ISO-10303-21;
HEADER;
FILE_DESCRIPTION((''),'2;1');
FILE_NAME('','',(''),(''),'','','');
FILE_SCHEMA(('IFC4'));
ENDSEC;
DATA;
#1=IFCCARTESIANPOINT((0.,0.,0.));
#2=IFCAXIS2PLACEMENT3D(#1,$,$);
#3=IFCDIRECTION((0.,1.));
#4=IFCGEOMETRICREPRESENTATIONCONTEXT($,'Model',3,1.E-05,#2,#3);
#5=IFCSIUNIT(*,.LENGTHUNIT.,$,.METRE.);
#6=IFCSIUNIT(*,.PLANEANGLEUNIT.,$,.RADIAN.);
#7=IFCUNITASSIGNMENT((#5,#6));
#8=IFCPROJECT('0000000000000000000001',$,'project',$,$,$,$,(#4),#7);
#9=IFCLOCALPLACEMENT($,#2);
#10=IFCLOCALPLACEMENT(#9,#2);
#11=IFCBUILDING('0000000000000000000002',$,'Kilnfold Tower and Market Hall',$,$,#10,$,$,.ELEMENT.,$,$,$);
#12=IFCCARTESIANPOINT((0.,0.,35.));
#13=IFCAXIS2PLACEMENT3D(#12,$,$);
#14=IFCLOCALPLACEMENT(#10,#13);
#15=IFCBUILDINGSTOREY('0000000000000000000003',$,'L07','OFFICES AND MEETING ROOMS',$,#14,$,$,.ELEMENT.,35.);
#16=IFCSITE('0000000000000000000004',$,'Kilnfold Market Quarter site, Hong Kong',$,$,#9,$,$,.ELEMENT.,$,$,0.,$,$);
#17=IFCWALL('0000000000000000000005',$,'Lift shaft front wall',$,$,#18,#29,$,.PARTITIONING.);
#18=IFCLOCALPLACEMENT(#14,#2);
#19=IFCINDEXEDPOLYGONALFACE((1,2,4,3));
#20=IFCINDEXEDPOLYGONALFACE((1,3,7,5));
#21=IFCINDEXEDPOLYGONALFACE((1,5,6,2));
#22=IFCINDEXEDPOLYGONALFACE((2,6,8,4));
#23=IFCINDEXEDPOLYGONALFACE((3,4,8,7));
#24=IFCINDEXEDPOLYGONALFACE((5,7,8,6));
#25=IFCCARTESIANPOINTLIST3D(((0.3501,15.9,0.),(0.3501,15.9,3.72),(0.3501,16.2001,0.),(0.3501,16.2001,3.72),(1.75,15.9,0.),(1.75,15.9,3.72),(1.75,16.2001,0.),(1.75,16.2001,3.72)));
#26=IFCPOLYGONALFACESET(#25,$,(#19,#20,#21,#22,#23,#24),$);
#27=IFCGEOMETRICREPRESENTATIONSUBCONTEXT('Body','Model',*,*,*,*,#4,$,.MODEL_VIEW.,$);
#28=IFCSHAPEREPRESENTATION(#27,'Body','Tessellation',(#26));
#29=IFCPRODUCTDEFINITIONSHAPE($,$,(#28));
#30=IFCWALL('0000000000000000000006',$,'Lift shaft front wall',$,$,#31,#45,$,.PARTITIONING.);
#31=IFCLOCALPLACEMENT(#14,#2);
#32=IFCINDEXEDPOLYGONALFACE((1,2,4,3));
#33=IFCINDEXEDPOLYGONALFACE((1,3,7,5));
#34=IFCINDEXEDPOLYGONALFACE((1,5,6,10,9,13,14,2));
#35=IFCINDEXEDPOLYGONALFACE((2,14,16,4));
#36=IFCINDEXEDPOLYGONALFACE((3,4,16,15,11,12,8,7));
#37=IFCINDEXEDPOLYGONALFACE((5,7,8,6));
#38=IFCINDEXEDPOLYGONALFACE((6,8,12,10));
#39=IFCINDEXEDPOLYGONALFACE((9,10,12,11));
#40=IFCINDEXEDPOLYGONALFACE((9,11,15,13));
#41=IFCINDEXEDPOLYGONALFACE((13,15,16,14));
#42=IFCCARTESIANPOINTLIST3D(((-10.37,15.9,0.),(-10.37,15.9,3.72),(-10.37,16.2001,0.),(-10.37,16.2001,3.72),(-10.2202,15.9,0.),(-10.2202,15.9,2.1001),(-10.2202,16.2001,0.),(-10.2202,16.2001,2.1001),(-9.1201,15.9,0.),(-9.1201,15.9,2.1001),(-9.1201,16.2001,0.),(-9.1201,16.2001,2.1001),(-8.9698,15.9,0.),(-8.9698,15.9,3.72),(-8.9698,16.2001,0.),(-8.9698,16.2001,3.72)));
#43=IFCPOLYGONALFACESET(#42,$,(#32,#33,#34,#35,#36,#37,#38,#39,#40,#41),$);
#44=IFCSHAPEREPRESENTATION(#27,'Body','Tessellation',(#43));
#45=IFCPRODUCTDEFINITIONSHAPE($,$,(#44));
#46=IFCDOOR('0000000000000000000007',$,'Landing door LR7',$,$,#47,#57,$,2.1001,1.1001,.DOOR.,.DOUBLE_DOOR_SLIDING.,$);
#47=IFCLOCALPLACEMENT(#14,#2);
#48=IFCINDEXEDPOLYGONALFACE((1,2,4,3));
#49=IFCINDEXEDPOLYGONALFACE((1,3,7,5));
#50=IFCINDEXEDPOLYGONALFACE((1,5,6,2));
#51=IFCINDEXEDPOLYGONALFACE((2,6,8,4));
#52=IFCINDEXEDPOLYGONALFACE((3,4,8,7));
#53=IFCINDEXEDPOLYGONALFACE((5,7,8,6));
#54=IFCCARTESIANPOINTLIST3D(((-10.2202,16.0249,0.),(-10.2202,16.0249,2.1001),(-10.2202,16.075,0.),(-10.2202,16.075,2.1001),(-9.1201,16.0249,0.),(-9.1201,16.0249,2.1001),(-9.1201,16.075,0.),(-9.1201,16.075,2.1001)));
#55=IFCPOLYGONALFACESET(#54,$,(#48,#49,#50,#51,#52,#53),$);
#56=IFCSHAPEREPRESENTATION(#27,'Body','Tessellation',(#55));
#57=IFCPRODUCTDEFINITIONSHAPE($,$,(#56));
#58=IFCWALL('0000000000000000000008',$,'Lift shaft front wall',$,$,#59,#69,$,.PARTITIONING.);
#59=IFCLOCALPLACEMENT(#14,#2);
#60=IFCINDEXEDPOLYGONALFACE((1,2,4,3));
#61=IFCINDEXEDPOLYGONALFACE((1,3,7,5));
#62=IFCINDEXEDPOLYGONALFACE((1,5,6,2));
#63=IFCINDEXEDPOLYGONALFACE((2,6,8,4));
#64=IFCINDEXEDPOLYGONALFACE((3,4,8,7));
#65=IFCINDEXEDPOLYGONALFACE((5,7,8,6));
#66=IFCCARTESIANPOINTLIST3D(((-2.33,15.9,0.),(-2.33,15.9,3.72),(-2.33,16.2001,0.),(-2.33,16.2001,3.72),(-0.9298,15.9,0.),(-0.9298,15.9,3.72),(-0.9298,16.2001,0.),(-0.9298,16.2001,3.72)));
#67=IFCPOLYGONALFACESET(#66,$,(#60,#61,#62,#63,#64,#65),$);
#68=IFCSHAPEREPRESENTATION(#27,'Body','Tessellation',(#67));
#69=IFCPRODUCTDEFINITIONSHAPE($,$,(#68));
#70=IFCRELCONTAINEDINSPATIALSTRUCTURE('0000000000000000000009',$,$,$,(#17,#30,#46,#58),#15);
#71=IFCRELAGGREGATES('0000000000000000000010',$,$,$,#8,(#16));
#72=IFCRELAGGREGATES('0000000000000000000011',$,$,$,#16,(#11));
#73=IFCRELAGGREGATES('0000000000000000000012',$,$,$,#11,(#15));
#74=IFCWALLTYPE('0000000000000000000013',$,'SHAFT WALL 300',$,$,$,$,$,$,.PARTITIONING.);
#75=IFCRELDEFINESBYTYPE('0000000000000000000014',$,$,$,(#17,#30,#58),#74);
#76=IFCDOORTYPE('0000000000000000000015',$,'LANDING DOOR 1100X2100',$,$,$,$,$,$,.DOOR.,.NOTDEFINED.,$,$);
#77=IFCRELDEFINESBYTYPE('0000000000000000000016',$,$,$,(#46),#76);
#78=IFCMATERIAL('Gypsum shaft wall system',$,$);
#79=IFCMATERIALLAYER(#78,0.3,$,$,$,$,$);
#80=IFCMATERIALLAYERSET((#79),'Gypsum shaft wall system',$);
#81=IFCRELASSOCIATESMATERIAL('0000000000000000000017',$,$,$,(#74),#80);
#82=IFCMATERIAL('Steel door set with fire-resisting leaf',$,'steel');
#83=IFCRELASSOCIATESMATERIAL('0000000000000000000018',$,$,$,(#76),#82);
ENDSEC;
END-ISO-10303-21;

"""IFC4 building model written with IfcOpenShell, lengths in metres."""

from ifc_helpers import new_model, si_unit, direction, frame, frame_2d, origin, place, context, subcontext, project, spatial, rectangle, extrude, source, transform, mapped, material, layer, layer_set, type_object, element, fill, save


model = new_model("IFC4")

# Units and contexts
model_context = context("Model", 3, precision=1e-05, world=origin(), true_north=direction((0.0, 1.0)))
body_context = subcontext(model_context, "Body", "Model", "MODEL_VIEW")
ifc_project = project(units=[si_unit("LENGTHUNIT", "METRE"), si_unit("PLANEANGLEUNIT", "RADIAN")], contexts=[model_context])

# Site, building, storey
site_placement = place(None, origin())
site = spatial("IfcSite", under=ifc_project, at=site_placement, Name="Kilnfold Market Quarter site, Hong Kong", CompositionType="ELEMENT", RefElevation=0.0)
building_placement = place(site_placement, origin())
building = spatial("IfcBuilding", under=site, at=building_placement, Name="Kilnfold Tower and Market Hall", CompositionType="ELEMENT")
storey_placement = place(building_placement, frame((0.0, 0.0, 35.0)))
storey = spatial("IfcBuildingStorey", under=building, at=storey_placement, Name="L07", Description="OFFICES AND MEETING ROOMS", CompositionType="ELEMENT", Elevation=35.0)

# Shared definitions
ifc_material_1 = material(Name="Gypsum shaft wall system")
ifc_layer_1 = layer(ifc_material_1, 0.3)
ifc_layer_set_1 = layer_set([ifc_layer_1], Name="Gypsum shaft wall system")
wall_type_1 = type_object("IfcWallType", Name="SHAFT WALL 300", PredefinedType="PARTITIONING", material=ifc_layer_set_1)
shared_shape_1 = source(origin(), body_context, "Body", "SweptSolid", [
    extrude(rectangle(XDim=1.3999, YDim=0.3, at=frame_2d((0.7, 0.0))), origin(), (0.0, 0.0, 1.0), 3.72),
])
ifc_material_2 = material(Name="Steel door set with fire-resisting leaf", Category="steel")
door_type = type_object("IfcDoorType", Name="LANDING DOOR 1100X2100", OperationType="NOTDEFINED", PredefinedType="DOOR", material=ifc_material_2)

# Wall
for number, where, z_axis, x_axis, name in (
    (1, (0.3501, 16.05, 0.0), (0.0, 0.0, 1.0), (1.0, 0.0, 0.0), "Lift shaft front wall"),
):
    element("IfcWall", number, at=place(storey_placement, frame(where, z_axis=z_axis, x_axis=x_axis)), inside=storey, type_object=wall_type_1, Name=name, PredefinedType="PARTITIONING", context=body_context, shape_type="MappedRepresentation", body=[
        mapped(shared_shape_1, transform((0.0, 0.0, 0.0))),
    ])

# Wall, opening, door
shared_shape_2 = source(origin(), body_context, "Body", "SweptSolid", [
    extrude(rectangle(XDim=1.4001, YDim=0.3, at=frame_2d((0.7002, 0.0))), origin(), (0.0, 0.0, 1.0), 3.72),
])
wall_1_placement = place(storey_placement, frame((-10.3701, 16.05, 0.0), z_axis=(0.0, 0.0, 1.0), x_axis=(1.0, 0.0, 0.0)))
wall_1 = element("IfcWall", 2, at=wall_1_placement, inside=storey, type_object=wall_type_1, Name="Lift shaft front wall", PredefinedType="PARTITIONING", context=body_context, shape_type="MappedRepresentation", body=[
    mapped(shared_shape_2, transform((0.0, 0.0, 0.0))),
])
opening_1_placement = place(wall_1_placement, frame((0.1499, 0.0, 0.0)))
opening_1 = element("IfcOpeningElement", 3, at=opening_1_placement, cuts=wall_1, PredefinedType="OPENING", context=body_context, shape_type="SweptSolid", body=[
    extrude(rectangle(XDim=1.1001, YDim=2.1001, at=frame_2d((0.55, 1.05))), frame((0.0, 0.1602, 0.0), z_axis=(0.0, -1.0, 0.0), x_axis=(1.0, 0.0, 0.0)), (0.0, 0.0, 1.0), 0.3201),
])
door_1_placement = place(opening_1_placement, origin())
door_1 = element("IfcDoor", 4, at=door_1_placement, inside=storey, type_object=door_type, Name="Landing door LR7", OperationType="DOUBLE_DOOR_SLIDING", OverallHeight=2.1001, OverallWidth=1.1001, PredefinedType="DOOR", context=body_context, shape_type="SweptSolid", body=[
    extrude(rectangle(XDim=1.1001, YDim=2.1001, at=frame_2d((0.55, 1.05))), frame((0.0, 0.0249, 0.0), z_axis=(0.0, -1.0, 0.0), x_axis=(1.0, 0.0, 0.0)), (0.0, 0.0, 1.0), 0.05),
])
fill(opening_1, door_1)

# Wall
wall_2_placement = place(storey_placement, frame((-2.3301, 16.05, 0.0), z_axis=(0.0, 0.0, 1.0), x_axis=(1.0, 0.0, 0.0)))
element("IfcWall", 5, at=wall_2_placement, inside=storey, type_object=wall_type_1, Name="Lift shaft front wall", PredefinedType="PARTITIONING", context=body_context, shape_type="MappedRepresentation", body=[
    mapped(shared_shape_2, transform((0.0, 0.0, 0.0))),
])

save(model, "model.ifc")
